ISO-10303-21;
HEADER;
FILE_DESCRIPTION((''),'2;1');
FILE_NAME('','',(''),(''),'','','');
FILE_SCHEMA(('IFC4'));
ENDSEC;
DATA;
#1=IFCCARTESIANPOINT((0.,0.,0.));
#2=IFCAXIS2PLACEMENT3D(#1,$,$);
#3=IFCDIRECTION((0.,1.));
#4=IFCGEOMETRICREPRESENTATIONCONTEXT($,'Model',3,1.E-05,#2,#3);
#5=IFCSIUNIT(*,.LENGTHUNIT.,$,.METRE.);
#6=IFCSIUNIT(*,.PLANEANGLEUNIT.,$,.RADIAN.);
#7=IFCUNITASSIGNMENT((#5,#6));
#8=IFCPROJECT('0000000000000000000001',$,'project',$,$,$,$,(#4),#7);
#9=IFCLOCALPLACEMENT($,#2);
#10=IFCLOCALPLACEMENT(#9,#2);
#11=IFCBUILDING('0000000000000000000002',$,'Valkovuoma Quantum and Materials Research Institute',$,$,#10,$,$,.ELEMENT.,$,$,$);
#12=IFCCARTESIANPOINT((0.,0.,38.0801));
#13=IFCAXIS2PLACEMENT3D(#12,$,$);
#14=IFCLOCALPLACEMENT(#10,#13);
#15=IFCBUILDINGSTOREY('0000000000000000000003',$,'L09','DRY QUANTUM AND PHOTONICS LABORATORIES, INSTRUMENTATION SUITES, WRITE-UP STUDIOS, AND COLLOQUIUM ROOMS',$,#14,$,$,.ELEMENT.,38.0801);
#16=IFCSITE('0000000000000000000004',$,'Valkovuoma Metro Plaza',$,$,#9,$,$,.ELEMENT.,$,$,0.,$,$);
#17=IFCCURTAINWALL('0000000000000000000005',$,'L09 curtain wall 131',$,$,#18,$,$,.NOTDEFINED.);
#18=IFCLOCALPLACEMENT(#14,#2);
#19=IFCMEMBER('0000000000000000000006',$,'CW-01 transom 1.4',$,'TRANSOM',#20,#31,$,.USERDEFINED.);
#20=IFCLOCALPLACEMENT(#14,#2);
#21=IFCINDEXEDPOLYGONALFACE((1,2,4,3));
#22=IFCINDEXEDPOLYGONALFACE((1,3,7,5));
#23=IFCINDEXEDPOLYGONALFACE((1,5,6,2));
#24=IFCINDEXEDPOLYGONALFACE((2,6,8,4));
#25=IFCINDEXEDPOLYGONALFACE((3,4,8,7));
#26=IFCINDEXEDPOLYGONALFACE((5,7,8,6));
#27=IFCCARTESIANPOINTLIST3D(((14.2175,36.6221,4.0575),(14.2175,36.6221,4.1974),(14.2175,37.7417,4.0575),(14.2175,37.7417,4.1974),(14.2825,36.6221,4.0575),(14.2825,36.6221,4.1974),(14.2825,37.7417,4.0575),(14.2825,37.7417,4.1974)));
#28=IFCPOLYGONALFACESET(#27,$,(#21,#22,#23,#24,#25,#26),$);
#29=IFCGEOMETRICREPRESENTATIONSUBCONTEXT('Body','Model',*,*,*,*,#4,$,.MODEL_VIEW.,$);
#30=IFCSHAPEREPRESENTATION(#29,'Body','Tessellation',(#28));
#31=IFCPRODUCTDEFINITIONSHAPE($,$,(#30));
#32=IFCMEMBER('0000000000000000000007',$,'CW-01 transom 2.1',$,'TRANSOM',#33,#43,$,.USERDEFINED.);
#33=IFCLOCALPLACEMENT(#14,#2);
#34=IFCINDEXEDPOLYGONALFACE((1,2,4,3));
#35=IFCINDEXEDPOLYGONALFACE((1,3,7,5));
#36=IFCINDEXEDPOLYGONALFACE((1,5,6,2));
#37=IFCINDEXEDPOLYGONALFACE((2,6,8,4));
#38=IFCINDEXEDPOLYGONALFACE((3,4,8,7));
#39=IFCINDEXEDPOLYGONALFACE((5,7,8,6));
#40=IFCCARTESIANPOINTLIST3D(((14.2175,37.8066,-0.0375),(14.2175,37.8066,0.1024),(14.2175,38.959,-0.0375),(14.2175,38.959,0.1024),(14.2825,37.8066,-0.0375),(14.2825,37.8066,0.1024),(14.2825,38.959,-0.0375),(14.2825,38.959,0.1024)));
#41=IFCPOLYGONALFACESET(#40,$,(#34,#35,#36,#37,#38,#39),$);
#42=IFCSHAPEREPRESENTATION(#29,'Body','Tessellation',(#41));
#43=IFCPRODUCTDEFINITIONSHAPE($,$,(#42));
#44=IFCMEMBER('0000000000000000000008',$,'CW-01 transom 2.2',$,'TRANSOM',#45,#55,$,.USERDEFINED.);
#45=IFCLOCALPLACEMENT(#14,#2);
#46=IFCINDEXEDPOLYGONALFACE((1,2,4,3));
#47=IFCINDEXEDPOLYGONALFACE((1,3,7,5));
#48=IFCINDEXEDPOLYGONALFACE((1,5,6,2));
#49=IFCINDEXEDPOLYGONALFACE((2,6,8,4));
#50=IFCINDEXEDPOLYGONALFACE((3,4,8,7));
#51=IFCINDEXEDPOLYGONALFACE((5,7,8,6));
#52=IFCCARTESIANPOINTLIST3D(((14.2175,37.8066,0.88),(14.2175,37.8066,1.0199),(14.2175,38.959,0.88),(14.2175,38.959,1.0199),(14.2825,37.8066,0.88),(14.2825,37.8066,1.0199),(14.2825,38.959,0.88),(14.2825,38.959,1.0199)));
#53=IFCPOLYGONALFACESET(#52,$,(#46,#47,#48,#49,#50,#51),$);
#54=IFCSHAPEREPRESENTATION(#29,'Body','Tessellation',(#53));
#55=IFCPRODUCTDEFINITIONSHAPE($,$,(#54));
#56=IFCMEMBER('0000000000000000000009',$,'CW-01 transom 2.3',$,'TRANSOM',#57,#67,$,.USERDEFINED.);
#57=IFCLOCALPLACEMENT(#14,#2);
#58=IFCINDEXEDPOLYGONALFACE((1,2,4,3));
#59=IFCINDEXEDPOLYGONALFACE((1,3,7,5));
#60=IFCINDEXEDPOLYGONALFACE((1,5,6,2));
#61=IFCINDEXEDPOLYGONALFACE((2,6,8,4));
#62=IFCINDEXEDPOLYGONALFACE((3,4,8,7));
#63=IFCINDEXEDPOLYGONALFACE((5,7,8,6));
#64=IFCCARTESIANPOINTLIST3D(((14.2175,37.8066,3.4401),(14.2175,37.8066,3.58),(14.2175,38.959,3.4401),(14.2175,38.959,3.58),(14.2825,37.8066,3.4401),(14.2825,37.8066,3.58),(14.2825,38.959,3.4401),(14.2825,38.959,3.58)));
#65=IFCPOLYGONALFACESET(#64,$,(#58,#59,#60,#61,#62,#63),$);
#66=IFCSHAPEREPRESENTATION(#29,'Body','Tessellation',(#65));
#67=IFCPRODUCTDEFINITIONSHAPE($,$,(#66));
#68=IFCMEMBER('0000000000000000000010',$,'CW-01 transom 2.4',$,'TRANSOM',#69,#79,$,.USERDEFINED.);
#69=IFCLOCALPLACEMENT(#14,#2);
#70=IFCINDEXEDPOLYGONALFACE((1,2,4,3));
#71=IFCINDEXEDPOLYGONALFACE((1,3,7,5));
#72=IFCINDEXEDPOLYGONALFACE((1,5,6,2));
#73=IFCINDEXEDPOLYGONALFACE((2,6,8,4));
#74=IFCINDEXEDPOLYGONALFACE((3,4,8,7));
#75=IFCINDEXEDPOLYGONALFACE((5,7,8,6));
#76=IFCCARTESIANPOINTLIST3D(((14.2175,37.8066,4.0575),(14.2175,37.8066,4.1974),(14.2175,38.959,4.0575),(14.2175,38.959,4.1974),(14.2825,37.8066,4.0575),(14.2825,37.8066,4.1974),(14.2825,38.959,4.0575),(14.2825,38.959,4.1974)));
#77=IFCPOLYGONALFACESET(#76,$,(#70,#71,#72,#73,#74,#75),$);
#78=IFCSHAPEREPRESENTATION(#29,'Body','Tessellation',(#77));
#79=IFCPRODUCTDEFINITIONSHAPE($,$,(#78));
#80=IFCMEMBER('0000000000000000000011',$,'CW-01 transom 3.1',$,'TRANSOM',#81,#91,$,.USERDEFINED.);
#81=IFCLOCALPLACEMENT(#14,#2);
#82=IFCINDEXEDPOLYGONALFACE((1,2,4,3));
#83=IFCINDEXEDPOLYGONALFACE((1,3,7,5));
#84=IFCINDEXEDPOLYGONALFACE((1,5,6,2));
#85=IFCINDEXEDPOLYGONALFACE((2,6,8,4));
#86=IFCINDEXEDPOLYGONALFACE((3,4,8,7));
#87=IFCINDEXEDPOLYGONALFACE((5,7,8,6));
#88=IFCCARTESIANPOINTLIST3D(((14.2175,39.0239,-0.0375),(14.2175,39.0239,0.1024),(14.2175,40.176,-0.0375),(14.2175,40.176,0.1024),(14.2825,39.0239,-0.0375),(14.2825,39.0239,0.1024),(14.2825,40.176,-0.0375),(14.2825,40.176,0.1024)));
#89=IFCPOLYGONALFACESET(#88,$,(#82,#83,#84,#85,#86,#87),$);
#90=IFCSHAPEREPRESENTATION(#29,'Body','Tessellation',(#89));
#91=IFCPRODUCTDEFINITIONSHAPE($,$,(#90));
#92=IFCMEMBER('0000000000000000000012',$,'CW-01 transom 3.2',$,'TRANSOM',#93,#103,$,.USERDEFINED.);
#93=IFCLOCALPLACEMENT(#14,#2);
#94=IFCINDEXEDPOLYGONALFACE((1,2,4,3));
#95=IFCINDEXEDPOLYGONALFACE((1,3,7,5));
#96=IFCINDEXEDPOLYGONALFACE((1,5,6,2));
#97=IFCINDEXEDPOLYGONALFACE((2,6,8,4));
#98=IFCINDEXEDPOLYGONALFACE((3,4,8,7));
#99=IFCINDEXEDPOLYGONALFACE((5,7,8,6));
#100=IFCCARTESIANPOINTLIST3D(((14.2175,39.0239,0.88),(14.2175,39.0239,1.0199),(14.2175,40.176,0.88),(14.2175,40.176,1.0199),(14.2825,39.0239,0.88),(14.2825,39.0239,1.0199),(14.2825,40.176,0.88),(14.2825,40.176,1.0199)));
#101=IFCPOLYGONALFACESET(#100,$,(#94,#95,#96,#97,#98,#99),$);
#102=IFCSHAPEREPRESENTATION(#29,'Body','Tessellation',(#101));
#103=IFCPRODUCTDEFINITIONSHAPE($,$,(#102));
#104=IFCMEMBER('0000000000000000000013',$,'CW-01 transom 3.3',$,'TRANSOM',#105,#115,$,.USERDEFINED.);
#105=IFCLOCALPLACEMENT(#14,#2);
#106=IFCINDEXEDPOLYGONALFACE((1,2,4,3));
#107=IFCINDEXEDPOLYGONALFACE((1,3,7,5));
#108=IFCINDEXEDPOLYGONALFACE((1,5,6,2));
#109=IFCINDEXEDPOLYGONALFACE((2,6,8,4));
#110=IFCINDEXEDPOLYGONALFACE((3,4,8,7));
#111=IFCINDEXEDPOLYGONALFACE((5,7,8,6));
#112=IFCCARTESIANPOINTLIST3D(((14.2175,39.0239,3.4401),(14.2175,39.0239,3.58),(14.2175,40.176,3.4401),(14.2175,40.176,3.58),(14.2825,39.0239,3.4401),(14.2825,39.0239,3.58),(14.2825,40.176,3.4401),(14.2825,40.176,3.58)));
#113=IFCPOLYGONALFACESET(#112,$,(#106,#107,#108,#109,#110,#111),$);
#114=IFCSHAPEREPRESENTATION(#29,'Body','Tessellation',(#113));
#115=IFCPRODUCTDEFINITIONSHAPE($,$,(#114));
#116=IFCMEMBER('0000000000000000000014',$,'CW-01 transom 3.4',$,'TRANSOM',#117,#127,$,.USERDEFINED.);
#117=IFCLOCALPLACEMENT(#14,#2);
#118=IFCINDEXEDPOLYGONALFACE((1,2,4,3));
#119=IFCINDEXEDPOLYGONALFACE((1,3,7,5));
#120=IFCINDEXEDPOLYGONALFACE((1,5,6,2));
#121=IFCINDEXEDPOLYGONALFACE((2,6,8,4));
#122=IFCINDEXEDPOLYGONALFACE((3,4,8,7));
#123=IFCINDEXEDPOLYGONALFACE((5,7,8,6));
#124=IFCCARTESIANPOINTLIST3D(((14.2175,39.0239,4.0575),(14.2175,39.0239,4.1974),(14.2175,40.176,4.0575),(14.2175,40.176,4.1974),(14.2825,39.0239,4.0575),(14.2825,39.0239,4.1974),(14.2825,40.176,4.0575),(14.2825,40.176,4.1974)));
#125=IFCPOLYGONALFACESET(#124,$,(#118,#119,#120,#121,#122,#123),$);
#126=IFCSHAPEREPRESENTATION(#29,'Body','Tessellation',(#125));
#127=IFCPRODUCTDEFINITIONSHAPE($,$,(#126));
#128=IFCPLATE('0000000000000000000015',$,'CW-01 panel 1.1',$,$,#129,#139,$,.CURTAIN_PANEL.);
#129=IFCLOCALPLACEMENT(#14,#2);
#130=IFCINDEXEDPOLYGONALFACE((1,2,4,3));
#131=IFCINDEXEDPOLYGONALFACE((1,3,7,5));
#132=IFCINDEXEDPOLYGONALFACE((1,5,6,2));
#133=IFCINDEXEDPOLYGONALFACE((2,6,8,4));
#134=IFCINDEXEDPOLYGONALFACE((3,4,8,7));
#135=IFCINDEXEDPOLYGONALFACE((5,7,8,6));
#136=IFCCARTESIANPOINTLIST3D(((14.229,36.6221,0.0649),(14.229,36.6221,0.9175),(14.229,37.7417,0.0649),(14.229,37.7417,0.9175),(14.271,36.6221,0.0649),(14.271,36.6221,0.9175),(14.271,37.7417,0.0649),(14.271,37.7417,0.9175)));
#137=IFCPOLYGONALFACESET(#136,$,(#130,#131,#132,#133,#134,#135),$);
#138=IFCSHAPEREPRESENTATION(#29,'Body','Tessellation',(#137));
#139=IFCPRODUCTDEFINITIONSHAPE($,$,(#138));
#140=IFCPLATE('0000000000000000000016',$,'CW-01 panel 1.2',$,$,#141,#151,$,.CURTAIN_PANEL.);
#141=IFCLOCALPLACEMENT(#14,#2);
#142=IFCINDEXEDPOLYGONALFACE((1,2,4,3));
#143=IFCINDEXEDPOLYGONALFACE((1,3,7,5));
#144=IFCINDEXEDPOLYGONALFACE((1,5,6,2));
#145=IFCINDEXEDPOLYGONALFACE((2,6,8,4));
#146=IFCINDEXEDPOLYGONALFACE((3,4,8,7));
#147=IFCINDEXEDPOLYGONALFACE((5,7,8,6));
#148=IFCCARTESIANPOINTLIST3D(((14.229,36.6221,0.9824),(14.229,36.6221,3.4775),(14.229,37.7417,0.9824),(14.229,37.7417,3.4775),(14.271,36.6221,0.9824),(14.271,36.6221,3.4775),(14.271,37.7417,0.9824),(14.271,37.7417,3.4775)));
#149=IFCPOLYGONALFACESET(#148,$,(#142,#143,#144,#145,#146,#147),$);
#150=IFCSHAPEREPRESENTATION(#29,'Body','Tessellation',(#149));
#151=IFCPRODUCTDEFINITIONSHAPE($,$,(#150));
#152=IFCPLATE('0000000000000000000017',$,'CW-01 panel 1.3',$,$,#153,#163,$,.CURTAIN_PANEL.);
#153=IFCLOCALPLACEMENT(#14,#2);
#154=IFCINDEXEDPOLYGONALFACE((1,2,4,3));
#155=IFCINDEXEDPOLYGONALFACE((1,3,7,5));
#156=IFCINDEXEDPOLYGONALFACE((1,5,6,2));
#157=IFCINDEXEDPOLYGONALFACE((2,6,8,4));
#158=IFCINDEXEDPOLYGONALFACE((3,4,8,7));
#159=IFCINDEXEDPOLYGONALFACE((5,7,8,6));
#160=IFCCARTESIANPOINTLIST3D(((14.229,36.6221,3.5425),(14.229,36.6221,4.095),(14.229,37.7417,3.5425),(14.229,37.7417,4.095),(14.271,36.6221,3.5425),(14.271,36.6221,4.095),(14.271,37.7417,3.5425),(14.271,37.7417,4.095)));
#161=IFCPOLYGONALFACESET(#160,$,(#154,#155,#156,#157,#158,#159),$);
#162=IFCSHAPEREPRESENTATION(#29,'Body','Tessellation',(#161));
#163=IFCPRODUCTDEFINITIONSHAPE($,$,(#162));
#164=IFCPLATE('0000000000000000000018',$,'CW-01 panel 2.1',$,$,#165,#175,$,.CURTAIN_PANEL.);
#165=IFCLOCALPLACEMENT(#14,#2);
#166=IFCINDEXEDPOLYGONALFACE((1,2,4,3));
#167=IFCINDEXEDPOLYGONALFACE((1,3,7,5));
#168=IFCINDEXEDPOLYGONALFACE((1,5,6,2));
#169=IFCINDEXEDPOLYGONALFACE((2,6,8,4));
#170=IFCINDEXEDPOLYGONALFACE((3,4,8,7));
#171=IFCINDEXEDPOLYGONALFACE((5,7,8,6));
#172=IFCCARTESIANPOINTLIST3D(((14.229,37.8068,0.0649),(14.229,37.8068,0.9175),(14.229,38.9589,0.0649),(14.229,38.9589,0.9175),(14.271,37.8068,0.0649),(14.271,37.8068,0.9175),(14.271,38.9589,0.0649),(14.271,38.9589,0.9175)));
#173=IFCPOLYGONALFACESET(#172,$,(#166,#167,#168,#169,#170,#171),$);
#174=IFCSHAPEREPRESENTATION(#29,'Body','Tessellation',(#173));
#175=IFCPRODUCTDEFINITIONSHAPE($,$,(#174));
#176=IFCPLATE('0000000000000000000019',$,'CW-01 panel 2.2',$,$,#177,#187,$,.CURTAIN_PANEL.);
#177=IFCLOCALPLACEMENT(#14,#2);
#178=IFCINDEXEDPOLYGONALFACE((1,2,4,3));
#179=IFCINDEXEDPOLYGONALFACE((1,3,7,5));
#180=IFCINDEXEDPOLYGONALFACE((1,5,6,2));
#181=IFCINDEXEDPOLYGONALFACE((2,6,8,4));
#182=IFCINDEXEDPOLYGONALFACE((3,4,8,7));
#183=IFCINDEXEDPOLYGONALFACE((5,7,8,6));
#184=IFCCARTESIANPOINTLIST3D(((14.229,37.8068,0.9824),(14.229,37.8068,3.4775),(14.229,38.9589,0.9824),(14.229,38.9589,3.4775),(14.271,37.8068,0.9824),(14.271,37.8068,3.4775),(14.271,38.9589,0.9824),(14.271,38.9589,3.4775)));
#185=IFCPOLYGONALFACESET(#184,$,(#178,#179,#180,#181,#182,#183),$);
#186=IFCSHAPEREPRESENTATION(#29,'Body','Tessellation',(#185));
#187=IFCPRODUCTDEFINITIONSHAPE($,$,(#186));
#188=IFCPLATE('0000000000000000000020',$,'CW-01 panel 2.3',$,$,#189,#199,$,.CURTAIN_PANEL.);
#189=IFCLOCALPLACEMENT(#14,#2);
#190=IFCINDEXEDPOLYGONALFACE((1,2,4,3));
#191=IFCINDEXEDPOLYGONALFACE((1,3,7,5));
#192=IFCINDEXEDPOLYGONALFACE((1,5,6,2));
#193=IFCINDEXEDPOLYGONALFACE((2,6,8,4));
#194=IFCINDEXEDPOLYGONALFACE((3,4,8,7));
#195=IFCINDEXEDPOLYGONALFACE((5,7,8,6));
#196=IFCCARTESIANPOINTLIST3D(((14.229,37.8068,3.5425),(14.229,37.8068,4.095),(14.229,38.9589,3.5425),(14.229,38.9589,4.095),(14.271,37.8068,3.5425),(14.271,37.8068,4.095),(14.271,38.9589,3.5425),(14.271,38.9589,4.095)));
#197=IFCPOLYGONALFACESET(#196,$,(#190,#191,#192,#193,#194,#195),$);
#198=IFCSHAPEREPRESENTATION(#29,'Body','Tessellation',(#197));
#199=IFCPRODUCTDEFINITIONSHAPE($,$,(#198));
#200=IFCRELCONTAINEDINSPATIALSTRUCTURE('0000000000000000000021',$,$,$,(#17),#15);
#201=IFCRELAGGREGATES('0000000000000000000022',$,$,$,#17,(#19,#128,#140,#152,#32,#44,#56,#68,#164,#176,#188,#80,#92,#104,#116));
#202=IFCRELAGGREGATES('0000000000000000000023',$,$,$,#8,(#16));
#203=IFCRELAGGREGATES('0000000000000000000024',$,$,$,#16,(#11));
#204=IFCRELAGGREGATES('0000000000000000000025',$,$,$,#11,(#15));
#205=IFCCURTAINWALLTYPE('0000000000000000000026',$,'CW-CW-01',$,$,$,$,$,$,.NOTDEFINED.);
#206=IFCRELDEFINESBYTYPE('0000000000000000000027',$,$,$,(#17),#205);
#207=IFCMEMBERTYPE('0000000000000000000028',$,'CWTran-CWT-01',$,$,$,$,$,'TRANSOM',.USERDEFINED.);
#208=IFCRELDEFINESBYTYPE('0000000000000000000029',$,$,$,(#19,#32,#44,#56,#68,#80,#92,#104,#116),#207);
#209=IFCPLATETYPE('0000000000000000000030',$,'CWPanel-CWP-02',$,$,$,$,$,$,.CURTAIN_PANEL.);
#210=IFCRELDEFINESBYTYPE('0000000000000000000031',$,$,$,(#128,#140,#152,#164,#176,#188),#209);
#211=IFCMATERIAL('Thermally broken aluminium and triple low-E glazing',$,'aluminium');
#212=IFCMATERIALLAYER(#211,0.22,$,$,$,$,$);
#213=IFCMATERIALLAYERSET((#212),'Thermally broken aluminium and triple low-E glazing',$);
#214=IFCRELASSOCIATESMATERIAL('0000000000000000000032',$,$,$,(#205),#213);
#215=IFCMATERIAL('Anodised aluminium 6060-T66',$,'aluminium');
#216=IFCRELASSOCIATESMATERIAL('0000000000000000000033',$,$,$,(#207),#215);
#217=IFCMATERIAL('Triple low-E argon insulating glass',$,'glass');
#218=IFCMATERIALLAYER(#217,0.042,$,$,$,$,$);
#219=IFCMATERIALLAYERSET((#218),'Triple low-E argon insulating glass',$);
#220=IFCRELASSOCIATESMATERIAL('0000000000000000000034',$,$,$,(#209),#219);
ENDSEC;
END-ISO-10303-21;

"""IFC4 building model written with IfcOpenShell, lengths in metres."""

from ifc_helpers import new_model, si_unit, direction, frame, origin, origin_2d, place, context, subcontext, project, spatial, rectangle, extrude, material, layer, layer_set, material_profile, profile_set, type_object, element, aggregate, save


model = new_model("IFC4")

# Units and contexts
model_context = context("Model", 3, precision=1e-05, world=origin(), true_north=direction((0.0, 1.0)))
body_context = subcontext(model_context, "Body", "Model", "MODEL_VIEW")
ifc_project = project(units=[si_unit("LENGTHUNIT", "METRE"), si_unit("PLANEANGLEUNIT", "RADIAN")], contexts=[model_context])

# Site, building, storey
site_placement = place(None, origin())
site = spatial("IfcSite", under=ifc_project, at=site_placement, Name="Valkovuoma Metro Plaza", CompositionType="ELEMENT", RefElevation=0.0)
building_placement = place(site_placement, origin())
building = spatial("IfcBuilding", under=site, at=building_placement, Name="Valkovuoma Quantum and Materials Research Institute", CompositionType="ELEMENT")
storey_placement = place(building_placement, frame((0.0, 0.0, 38.0801)))
storey = spatial("IfcBuildingStorey", under=building, at=storey_placement, Name="L09", Description="DRY QUANTUM AND PHOTONICS LABORATORIES, INSTRUMENTATION SUITES, WRITE-UP STUDIOS, AND COLLOQUIUM ROOMS", CompositionType="ELEMENT", Elevation=38.0801)

# Curtain wall, members, plates
ifc_material_1 = material(Name="Thermally broken aluminium and triple low-E glazing", Category="aluminium")
ifc_layer_1 = layer(ifc_material_1, 0.22)
ifc_layer_set_1 = layer_set([ifc_layer_1], Name="Thermally broken aluminium and triple low-E glazing")
curtain_wall_type = type_object("IfcCurtainWallType", Name="CW-CW-01", PredefinedType="NOTDEFINED", material=ifc_layer_set_1)
curtain_wall_placement = place(storey_placement, origin())
curtain_wall = element("IfcCurtainWall", 1, at=curtain_wall_placement, inside=storey, type_object=curtain_wall_type, Name="L09 curtain wall 131", PredefinedType="NOTDEFINED")
ifc_material_2 = material(Name="Anodised aluminium 6060-T66", Category="aluminium")
ifc_material_profile_1 = material_profile(ifc_material_2, rectangle(XDim=0.0649, YDim=0.1399, at=origin_2d()), Name="Anodised aluminium 6060-T66")
ifc_profile_set_1 = profile_set([ifc_material_profile_1], Name="Anodised aluminium 6060-T66")
member_type_1 = type_object("IfcMemberType", Name="CWTran-CWT-01", ElementType="TRANSOM", PredefinedType="USERDEFINED", material=ifc_profile_set_1)
member_1_placement = place(storey_placement, frame((14.25, 36.6221, 4.1274), z_axis=(0.0, 1.0, 0.0), x_axis=(-1.0, 0.0, 0.0)))
member_1 = element("IfcMember", 2, at=member_1_placement, type_object=member_type_1, Name="CW-01 transom 1.4", ObjectType="TRANSOM", PredefinedType="USERDEFINED", context=body_context, shape_type="SweptSolid", body=[
    extrude(rectangle(XDim=0.0649, YDim=0.1399, at=origin_2d()), origin(), (0.0, 0.0, 1.0), 1.1196),
])
member_2_placement = place(storey_placement, frame((14.25, 37.8066, 0.0325), z_axis=(0.0, 1.0, 0.0), x_axis=(-1.0, 0.0, 0.0)))
member_2 = element("IfcMember", 3, at=member_2_placement, type_object=member_type_1, Name="CW-01 transom 2.1", ObjectType="TRANSOM", PredefinedType="USERDEFINED", context=body_context, shape_type="SweptSolid", body=[
    extrude(rectangle(XDim=0.0649, YDim=0.1399, at=origin_2d()), origin(), (0.0, 0.0, 1.0), 1.1523),
])
member_3_placement = place(storey_placement, frame((14.25, 37.8066, 0.95), z_axis=(0.0, 1.0, 0.0), x_axis=(-1.0, 0.0, 0.0)))
member_3 = element("IfcMember", 4, at=member_3_placement, type_object=member_type_1, Name="CW-01 transom 2.2", ObjectType="TRANSOM", PredefinedType="USERDEFINED", context=body_context, shape_type="SweptSolid", body=[
    extrude(rectangle(XDim=0.0649, YDim=0.1399, at=origin_2d()), origin(), (0.0, 0.0, 1.0), 1.1523),
])
member_4_placement = place(storey_placement, frame((14.25, 37.8066, 3.51), z_axis=(0.0, 1.0, 0.0), x_axis=(-1.0, 0.0, 0.0)))
member_4 = element("IfcMember", 5, at=member_4_placement, type_object=member_type_1, Name="CW-01 transom 2.3", ObjectType="TRANSOM", PredefinedType="USERDEFINED", context=body_context, shape_type="SweptSolid", body=[
    extrude(rectangle(XDim=0.0649, YDim=0.1399, at=origin_2d()), origin(), (0.0, 0.0, 1.0), 1.1523),
])
member_5_placement = place(storey_placement, frame((14.25, 37.8066, 4.1274), z_axis=(0.0, 1.0, 0.0), x_axis=(-1.0, 0.0, 0.0)))
member_5 = element("IfcMember", 6, at=member_5_placement, type_object=member_type_1, Name="CW-01 transom 2.4", ObjectType="TRANSOM", PredefinedType="USERDEFINED", context=body_context, shape_type="SweptSolid", body=[
    extrude(rectangle(XDim=0.0649, YDim=0.1399, at=origin_2d()), origin(), (0.0, 0.0, 1.0), 1.1523),
])
member_6_placement = place(storey_placement, frame((14.25, 39.0239, 0.0325), z_axis=(0.0, 1.0, 0.0), x_axis=(-1.0, 0.0, 0.0)))
member_6 = element("IfcMember", 7, at=member_6_placement, type_object=member_type_1, Name="CW-01 transom 3.1", ObjectType="TRANSOM", PredefinedType="USERDEFINED", context=body_context, shape_type="SweptSolid", body=[
    extrude(rectangle(XDim=0.0649, YDim=0.1399, at=origin_2d()), origin(), (0.0, 0.0, 1.0), 1.1521),
])
member_7_placement = place(storey_placement, frame((14.25, 39.0239, 0.95), z_axis=(0.0, 1.0, 0.0), x_axis=(-1.0, 0.0, 0.0)))
member_7 = element("IfcMember", 8, at=member_7_placement, type_object=member_type_1, Name="CW-01 transom 3.2", ObjectType="TRANSOM", PredefinedType="USERDEFINED", context=body_context, shape_type="SweptSolid", body=[
    extrude(rectangle(XDim=0.0649, YDim=0.1399, at=origin_2d()), origin(), (0.0, 0.0, 1.0), 1.1521),
])
member_8_placement = place(storey_placement, frame((14.25, 39.0239, 3.51), z_axis=(0.0, 1.0, 0.0), x_axis=(-1.0, 0.0, 0.0)))
member_8 = element("IfcMember", 9, at=member_8_placement, type_object=member_type_1, Name="CW-01 transom 3.3", ObjectType="TRANSOM", PredefinedType="USERDEFINED", context=body_context, shape_type="SweptSolid", body=[
    extrude(rectangle(XDim=0.0649, YDim=0.1399, at=origin_2d()), origin(), (0.0, 0.0, 1.0), 1.1521),
])
member_9_placement = place(storey_placement, frame((14.25, 39.0239, 4.1274), z_axis=(0.0, 1.0, 0.0), x_axis=(-1.0, 0.0, 0.0)))
member_9 = element("IfcMember", 10, at=member_9_placement, type_object=member_type_1, Name="CW-01 transom 3.4", ObjectType="TRANSOM", PredefinedType="USERDEFINED", context=body_context, shape_type="SweptSolid", body=[
    extrude(rectangle(XDim=0.0649, YDim=0.1399, at=origin_2d()), origin(), (0.0, 0.0, 1.0), 1.1521),
])
ifc_material_3 = material(Name="Triple low-E argon insulating glass", Category="glass")
ifc_layer_2 = layer(ifc_material_3, 0.042)
ifc_layer_set_2 = layer_set([ifc_layer_2], Name="Triple low-E argon insulating glass")
plate_type = type_object("IfcPlateType", Name="CWPanel-CWP-02", PredefinedType="CURTAIN_PANEL", material=ifc_layer_set_2)
plate_1_placement = place(storey_placement, frame((14.25, 37.1819, 0.0649), z_axis=(0.0, 0.0, 1.0), x_axis=(0.0, 1.0, 0.0)))
plate_1 = element("IfcPlate", 11, at=plate_1_placement, type_object=plate_type, Name="CW-01 panel 1.1", PredefinedType="CURTAIN_PANEL", context=body_context, shape_type="SweptSolid", body=[
    extrude(rectangle(XDim=1.1196, YDim=0.042, at=origin_2d()), origin(), (0.0, 0.0, 1.0), 0.8525),
])
plate_2_placement = place(storey_placement, frame((14.25, 37.1819, 0.9824), z_axis=(0.0, 0.0, 1.0), x_axis=(0.0, 1.0, 0.0)))
plate_2 = element("IfcPlate", 12, at=plate_2_placement, type_object=plate_type, Name="CW-01 panel 1.2", PredefinedType="CURTAIN_PANEL", context=body_context, shape_type="SweptSolid", body=[
    extrude(rectangle(XDim=1.1196, YDim=0.042, at=origin_2d()), origin(), (0.0, 0.0, 1.0), 2.4951),
])
plate_3_placement = place(storey_placement, frame((14.25, 37.1819, 3.5425), z_axis=(0.0, 0.0, 1.0), x_axis=(0.0, 1.0, 0.0)))
plate_3 = element("IfcPlate", 13, at=plate_3_placement, type_object=plate_type, Name="CW-01 panel 1.3", PredefinedType="CURTAIN_PANEL", context=body_context, shape_type="SweptSolid", body=[
    extrude(rectangle(XDim=1.1196, YDim=0.042, at=origin_2d()), origin(), (0.0, 0.0, 1.0), 0.5525),
])
plate_4_placement = place(storey_placement, frame((14.25, 38.3828, 0.0649), z_axis=(0.0, 0.0, 1.0), x_axis=(0.0, 1.0, 0.0)))
plate_4 = element("IfcPlate", 14, at=plate_4_placement, type_object=plate_type, Name="CW-01 panel 2.1", PredefinedType="CURTAIN_PANEL", context=body_context, shape_type="SweptSolid", body=[
    extrude(rectangle(XDim=1.1521, YDim=0.042, at=origin_2d()), origin(), (0.0, 0.0, 1.0), 0.8525),
])
plate_5_placement = place(storey_placement, frame((14.25, 38.3828, 0.9824), z_axis=(0.0, 0.0, 1.0), x_axis=(0.0, 1.0, 0.0)))
plate_5 = element("IfcPlate", 15, at=plate_5_placement, type_object=plate_type, Name="CW-01 panel 2.2", PredefinedType="CURTAIN_PANEL", context=body_context, shape_type="SweptSolid", body=[
    extrude(rectangle(XDim=1.1521, YDim=0.042, at=origin_2d()), origin(), (0.0, 0.0, 1.0), 2.4951),
])
plate_6_placement = place(storey_placement, frame((14.25, 38.3828, 3.5425), z_axis=(0.0, 0.0, 1.0), x_axis=(0.0, 1.0, 0.0)))
plate_6 = element("IfcPlate", 16, at=plate_6_placement, type_object=plate_type, Name="CW-01 panel 2.3", PredefinedType="CURTAIN_PANEL", context=body_context, shape_type="SweptSolid", body=[
    extrude(rectangle(XDim=1.1521, YDim=0.042, at=origin_2d()), origin(), (0.0, 0.0, 1.0), 0.5525),
])
aggregate(curtain_wall, [member_1, plate_1, plate_2, plate_3, member_2, member_3, member_4, member_5, plate_4, plate_5, plate_6, member_6, member_7, member_8, member_9])

save(model, "model.ifc")
